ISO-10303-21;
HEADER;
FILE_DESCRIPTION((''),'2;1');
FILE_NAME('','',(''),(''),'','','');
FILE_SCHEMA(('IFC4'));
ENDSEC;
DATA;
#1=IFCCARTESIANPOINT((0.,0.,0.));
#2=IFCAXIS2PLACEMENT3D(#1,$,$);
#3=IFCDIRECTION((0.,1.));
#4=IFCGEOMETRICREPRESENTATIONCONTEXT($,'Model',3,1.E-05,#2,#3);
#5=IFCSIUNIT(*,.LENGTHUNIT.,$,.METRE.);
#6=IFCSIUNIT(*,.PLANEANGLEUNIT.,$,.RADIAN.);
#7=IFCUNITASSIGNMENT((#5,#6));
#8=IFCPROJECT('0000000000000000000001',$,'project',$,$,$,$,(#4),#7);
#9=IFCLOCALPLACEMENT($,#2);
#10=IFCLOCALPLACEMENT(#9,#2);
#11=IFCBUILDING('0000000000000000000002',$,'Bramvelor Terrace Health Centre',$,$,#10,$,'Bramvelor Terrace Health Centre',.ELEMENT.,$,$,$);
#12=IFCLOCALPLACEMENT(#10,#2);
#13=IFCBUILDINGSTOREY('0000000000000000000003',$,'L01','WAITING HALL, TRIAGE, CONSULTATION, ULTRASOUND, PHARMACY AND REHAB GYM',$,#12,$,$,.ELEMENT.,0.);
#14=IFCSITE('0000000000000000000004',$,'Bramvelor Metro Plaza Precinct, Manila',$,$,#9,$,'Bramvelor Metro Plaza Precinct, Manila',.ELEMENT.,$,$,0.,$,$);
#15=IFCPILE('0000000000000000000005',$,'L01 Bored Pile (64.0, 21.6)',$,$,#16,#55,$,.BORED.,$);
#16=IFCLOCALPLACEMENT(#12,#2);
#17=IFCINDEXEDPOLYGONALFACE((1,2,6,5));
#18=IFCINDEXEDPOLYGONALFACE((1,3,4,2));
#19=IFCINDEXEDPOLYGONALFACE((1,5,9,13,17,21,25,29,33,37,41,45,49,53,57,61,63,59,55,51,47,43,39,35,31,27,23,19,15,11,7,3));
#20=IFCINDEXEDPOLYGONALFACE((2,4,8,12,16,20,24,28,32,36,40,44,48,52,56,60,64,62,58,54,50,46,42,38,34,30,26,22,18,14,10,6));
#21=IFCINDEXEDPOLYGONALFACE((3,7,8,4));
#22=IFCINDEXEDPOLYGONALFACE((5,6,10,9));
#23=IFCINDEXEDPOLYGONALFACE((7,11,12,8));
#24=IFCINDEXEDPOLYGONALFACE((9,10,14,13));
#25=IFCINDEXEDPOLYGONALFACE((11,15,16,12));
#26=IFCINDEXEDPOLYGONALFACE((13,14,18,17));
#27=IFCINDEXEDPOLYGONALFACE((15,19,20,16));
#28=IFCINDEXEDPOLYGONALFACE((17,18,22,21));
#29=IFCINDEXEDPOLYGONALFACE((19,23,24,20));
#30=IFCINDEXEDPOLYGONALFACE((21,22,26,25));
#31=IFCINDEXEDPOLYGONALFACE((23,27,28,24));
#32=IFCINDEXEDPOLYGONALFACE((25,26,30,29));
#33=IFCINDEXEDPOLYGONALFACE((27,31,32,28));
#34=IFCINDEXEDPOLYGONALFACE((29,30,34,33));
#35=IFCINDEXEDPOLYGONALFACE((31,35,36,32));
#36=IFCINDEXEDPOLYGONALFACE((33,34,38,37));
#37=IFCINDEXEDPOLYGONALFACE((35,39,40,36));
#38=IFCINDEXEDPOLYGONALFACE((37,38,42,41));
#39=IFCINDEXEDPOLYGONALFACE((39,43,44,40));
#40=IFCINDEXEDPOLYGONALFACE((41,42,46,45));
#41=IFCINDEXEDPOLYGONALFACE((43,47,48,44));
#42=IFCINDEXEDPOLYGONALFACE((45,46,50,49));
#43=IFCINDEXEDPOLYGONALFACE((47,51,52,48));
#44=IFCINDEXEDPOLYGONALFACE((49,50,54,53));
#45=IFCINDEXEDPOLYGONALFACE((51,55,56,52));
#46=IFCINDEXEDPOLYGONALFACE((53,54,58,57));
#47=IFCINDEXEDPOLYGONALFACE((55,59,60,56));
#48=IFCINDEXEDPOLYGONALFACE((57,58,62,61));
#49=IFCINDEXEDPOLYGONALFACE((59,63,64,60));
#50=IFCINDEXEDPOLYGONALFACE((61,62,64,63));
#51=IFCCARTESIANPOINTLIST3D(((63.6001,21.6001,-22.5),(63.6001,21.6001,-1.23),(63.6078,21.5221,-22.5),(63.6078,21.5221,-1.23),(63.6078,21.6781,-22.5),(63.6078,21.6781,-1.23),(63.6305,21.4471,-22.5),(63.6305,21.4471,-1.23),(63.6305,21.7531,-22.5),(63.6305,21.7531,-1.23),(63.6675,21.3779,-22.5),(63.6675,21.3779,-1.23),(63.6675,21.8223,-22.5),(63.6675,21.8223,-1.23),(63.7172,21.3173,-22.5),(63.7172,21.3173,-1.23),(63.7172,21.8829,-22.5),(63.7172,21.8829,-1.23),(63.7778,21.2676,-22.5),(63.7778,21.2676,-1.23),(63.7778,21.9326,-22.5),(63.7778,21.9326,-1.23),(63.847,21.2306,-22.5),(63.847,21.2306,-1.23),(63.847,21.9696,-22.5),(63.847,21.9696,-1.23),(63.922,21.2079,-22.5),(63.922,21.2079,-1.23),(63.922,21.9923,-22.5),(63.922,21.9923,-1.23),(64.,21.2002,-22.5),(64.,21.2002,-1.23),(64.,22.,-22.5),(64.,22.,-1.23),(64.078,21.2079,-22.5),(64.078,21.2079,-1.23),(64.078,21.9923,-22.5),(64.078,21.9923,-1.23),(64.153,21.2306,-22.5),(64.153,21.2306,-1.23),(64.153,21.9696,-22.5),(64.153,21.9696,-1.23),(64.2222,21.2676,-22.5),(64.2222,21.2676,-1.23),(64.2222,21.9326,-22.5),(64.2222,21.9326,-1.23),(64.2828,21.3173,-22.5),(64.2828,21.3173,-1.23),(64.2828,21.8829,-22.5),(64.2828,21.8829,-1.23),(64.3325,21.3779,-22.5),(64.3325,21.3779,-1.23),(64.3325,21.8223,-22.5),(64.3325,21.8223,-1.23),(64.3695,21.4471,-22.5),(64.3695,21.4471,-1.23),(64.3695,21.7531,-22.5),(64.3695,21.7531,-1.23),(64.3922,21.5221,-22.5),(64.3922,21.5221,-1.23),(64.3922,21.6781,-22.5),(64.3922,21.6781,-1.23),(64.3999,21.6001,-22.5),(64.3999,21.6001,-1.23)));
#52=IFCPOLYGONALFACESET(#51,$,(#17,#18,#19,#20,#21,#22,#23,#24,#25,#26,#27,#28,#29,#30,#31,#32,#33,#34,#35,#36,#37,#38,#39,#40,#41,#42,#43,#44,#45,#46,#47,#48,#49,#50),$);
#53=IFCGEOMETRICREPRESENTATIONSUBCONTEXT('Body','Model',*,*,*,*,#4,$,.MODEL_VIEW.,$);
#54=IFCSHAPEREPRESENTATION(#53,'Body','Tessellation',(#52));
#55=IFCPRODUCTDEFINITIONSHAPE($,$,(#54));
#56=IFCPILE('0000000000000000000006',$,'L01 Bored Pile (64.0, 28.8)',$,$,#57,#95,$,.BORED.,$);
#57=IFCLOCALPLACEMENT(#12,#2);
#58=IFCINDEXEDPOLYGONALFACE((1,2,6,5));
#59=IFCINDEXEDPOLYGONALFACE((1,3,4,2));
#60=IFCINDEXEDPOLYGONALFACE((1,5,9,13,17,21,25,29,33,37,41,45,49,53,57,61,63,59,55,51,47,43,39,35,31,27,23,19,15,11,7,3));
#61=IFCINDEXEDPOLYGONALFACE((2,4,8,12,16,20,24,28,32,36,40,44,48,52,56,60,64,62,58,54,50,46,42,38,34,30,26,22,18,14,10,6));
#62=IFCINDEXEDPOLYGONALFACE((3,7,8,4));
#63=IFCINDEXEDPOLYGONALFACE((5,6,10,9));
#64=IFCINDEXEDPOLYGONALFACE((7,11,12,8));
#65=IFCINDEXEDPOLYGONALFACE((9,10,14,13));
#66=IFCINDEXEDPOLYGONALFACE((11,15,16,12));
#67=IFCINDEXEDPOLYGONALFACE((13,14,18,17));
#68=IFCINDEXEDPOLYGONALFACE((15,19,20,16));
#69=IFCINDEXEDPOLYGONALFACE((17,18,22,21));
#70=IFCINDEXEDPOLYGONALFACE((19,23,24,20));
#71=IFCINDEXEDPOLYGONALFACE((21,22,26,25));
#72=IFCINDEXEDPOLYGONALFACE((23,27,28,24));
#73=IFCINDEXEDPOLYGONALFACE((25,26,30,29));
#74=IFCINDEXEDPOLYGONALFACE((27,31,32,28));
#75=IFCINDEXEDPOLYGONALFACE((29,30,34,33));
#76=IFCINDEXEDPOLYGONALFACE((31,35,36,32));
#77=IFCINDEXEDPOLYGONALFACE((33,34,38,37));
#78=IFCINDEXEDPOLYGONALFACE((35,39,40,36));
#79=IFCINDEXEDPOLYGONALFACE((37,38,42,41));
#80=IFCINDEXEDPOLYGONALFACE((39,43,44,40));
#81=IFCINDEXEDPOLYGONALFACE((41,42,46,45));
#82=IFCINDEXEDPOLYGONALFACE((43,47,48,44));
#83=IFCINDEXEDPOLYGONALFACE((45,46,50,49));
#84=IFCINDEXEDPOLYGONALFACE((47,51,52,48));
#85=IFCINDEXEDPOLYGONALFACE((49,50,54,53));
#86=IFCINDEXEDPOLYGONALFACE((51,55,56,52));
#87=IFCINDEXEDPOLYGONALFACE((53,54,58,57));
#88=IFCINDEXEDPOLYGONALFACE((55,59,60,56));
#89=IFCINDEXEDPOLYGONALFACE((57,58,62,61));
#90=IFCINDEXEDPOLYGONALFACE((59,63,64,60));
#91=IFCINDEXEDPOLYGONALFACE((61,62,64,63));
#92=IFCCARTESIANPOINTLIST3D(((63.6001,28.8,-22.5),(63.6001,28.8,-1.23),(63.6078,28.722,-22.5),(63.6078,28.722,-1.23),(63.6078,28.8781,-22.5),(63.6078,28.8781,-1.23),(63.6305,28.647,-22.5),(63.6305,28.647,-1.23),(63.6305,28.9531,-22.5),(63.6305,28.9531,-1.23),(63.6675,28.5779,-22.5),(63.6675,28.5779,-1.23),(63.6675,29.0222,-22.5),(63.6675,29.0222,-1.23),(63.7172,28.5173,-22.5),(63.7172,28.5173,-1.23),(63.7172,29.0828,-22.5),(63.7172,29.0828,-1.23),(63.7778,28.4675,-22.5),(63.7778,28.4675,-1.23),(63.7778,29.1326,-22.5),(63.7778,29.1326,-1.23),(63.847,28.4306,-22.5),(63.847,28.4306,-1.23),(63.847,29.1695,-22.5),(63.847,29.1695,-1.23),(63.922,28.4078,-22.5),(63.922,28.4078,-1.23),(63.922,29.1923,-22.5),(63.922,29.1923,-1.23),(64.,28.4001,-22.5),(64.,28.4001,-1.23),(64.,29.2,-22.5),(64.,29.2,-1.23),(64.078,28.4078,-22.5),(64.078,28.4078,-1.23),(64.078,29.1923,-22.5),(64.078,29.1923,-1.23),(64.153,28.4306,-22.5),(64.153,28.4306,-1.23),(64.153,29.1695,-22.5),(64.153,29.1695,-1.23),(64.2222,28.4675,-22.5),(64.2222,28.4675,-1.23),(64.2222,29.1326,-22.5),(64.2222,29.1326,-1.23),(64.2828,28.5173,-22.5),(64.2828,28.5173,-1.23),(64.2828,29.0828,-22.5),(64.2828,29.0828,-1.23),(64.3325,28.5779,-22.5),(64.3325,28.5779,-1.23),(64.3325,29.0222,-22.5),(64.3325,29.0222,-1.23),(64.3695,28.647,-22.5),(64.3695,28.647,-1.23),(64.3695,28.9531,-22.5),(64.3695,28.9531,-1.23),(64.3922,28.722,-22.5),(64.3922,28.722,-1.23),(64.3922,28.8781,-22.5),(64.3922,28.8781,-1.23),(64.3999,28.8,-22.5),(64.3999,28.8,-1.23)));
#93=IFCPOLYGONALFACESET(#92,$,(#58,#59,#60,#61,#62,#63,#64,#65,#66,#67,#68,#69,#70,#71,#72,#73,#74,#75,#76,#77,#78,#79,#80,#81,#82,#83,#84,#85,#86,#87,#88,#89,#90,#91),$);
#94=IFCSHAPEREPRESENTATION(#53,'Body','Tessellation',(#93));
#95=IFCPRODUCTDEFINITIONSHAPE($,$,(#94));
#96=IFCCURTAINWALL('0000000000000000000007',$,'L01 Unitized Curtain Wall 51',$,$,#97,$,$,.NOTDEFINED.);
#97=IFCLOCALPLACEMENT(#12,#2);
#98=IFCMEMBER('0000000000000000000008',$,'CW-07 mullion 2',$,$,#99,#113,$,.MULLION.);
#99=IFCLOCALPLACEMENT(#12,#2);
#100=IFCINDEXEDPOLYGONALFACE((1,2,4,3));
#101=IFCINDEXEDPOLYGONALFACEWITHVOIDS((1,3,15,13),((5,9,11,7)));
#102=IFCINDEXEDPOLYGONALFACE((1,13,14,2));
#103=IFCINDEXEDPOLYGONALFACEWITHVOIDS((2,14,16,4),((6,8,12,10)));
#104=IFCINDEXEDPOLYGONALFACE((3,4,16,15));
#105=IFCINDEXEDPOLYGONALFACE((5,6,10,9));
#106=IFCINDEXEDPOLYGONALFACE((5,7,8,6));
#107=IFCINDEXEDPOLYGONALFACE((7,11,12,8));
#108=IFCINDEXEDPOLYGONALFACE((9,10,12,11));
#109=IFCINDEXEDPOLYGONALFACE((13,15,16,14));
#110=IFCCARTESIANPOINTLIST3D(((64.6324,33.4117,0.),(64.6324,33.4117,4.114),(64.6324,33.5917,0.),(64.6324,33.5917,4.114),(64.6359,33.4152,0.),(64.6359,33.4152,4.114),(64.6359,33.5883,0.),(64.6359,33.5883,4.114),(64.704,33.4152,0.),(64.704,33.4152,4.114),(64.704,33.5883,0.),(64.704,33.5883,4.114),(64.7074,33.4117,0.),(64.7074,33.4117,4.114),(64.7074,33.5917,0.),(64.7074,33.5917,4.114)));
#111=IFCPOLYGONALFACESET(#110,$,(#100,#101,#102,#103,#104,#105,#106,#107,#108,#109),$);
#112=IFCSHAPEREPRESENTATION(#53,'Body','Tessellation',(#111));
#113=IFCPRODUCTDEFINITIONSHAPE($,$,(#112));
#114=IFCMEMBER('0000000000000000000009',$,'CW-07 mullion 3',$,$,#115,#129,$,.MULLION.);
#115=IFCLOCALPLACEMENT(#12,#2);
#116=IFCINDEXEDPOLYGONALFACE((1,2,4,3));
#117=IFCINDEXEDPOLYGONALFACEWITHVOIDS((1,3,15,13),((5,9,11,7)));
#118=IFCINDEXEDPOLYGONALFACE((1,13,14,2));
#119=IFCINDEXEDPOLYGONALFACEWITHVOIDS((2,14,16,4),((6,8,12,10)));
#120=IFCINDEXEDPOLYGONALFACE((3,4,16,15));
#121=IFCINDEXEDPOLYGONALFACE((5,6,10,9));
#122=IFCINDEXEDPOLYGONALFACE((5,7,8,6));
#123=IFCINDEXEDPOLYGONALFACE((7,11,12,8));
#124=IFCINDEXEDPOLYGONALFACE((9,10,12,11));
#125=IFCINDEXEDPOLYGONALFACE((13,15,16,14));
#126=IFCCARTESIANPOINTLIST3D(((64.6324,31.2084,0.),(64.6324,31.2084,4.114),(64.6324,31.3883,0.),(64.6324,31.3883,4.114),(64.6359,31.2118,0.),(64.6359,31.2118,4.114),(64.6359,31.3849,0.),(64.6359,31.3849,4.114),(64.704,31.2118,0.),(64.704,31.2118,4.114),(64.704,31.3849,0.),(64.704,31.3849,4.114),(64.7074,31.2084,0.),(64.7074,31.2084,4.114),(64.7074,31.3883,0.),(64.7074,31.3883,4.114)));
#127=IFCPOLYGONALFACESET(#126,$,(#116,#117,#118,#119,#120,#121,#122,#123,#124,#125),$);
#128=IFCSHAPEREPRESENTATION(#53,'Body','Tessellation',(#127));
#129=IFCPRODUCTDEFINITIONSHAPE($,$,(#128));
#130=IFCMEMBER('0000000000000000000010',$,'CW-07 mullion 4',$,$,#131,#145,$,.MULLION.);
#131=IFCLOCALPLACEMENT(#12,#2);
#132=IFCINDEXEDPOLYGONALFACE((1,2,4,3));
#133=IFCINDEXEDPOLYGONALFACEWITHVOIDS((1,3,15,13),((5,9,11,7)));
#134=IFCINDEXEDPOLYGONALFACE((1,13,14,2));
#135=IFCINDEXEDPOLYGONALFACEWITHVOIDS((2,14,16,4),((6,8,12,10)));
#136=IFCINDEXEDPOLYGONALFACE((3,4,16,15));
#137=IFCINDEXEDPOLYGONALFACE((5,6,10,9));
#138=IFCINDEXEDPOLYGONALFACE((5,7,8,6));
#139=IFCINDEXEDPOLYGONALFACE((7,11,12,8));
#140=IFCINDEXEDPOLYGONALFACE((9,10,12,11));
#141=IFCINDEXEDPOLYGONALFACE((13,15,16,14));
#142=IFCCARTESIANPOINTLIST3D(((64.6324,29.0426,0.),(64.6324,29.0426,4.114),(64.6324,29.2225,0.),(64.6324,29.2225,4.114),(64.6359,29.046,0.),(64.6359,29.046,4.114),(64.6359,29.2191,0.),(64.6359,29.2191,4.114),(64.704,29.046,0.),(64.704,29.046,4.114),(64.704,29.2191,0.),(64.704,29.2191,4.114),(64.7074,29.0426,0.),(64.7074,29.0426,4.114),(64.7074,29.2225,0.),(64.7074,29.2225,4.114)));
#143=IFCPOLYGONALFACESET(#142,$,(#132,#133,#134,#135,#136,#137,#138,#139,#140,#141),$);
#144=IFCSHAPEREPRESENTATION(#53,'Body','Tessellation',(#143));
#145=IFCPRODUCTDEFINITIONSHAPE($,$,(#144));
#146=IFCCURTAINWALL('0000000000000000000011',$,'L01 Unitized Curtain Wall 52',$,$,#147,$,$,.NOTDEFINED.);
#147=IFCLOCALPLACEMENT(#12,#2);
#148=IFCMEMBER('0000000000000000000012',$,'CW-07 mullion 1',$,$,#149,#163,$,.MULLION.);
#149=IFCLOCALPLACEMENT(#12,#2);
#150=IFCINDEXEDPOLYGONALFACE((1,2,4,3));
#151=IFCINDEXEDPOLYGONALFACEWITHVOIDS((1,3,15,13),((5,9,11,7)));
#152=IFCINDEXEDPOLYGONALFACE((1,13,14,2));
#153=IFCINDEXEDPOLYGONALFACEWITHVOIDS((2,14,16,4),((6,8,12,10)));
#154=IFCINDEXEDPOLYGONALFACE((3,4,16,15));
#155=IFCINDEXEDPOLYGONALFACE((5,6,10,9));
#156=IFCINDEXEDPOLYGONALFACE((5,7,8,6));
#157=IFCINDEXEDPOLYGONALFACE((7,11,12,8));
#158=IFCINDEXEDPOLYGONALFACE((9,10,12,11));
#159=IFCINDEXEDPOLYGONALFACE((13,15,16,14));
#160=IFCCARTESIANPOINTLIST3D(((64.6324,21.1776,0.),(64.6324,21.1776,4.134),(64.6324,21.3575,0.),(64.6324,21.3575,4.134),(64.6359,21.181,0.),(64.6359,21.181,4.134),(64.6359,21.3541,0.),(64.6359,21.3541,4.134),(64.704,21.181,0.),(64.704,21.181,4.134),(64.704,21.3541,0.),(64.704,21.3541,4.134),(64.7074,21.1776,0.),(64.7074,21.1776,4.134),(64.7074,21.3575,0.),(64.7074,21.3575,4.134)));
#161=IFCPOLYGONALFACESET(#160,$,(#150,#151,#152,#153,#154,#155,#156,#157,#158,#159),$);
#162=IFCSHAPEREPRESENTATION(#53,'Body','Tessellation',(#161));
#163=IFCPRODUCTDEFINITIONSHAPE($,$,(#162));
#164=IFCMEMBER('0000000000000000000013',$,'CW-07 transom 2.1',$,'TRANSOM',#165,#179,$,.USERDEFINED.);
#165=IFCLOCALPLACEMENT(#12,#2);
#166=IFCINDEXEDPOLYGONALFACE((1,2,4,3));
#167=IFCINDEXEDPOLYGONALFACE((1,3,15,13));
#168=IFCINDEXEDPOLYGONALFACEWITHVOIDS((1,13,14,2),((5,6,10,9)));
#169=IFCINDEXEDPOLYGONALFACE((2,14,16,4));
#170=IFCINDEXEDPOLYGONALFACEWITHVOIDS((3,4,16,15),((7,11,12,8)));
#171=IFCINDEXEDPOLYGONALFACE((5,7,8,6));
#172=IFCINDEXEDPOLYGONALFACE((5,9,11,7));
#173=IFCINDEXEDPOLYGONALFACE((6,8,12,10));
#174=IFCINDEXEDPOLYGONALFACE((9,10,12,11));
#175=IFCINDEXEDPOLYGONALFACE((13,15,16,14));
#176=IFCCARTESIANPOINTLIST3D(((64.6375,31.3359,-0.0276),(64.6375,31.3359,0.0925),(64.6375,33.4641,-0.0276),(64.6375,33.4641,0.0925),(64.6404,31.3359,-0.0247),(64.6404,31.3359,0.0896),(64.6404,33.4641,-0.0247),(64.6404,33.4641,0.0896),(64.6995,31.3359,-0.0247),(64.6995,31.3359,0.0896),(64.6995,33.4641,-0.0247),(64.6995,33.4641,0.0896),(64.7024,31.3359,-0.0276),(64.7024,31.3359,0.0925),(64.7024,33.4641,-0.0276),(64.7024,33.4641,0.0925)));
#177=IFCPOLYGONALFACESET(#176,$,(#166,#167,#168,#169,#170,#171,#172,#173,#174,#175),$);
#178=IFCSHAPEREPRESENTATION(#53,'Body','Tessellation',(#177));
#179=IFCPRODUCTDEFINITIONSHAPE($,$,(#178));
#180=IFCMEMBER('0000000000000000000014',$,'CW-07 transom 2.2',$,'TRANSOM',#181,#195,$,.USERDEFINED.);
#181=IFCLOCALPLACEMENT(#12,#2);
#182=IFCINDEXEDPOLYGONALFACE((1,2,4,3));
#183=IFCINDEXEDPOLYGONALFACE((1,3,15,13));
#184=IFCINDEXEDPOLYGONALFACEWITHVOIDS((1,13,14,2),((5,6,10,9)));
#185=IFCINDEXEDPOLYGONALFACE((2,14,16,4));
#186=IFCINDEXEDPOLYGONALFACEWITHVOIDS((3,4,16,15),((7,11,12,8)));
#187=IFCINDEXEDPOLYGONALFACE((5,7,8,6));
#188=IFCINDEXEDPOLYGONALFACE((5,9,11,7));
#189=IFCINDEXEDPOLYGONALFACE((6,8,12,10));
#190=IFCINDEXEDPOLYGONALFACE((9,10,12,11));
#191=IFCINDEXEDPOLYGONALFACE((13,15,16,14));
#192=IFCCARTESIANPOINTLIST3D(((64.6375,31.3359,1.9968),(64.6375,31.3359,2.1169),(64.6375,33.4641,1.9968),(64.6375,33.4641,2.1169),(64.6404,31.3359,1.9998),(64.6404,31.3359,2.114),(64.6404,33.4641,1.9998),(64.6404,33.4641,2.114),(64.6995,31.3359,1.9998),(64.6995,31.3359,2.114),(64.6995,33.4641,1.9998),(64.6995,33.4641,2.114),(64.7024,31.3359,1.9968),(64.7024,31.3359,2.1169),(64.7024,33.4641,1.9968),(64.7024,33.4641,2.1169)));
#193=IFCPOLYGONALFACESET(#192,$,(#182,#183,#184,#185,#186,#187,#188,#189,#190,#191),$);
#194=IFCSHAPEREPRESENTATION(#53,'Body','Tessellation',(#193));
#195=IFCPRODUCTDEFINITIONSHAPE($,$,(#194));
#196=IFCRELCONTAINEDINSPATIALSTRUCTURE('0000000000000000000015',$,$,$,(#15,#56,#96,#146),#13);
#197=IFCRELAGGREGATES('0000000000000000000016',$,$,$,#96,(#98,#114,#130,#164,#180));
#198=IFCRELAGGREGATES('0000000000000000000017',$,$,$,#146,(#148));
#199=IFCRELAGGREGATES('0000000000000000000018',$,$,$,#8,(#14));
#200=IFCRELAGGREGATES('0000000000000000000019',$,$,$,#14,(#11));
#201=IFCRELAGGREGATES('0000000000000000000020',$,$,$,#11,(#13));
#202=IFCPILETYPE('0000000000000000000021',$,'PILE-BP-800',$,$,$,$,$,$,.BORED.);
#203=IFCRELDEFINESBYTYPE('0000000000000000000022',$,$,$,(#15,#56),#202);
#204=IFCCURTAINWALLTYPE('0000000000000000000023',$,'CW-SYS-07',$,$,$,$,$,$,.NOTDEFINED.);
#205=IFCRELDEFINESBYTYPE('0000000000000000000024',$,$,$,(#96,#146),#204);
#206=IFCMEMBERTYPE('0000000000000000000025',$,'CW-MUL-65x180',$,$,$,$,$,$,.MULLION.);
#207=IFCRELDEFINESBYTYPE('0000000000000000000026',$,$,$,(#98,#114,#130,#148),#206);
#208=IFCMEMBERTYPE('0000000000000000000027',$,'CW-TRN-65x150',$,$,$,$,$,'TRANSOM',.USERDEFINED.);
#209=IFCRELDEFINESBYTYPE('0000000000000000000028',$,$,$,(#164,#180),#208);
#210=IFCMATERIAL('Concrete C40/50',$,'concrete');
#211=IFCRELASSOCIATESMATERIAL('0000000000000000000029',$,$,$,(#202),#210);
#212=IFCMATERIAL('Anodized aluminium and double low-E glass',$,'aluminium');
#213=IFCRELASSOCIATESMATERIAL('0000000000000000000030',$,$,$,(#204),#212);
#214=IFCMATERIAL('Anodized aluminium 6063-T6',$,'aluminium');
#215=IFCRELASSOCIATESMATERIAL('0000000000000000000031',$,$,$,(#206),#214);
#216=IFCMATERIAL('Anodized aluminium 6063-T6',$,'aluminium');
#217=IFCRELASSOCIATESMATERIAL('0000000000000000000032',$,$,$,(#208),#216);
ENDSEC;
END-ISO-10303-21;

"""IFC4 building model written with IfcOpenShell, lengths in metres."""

from ifc_helpers import new_model, si_unit, direction, frame, origin, origin_2d, place, context, subcontext, project, spatial, hollow_rectangle, circle, extrude, material, material_profile, profile_set, type_object, element, aggregate, save


model = new_model("IFC4")

# Units and contexts
model_context = context("Model", 3, precision=1e-05, world=origin(), true_north=direction((0.0, 1.0)))
body_context = subcontext(model_context, "Body", "Model", "MODEL_VIEW")
ifc_project = project(units=[si_unit("LENGTHUNIT", "METRE"), si_unit("PLANEANGLEUNIT", "RADIAN")], contexts=[model_context])

# Site, building, storey
site_placement = place(None, origin())
site = spatial("IfcSite", under=ifc_project, at=site_placement, Name="Bramvelor Metro Plaza Precinct, Manila", LongName="Bramvelor Metro Plaza Precinct, Manila", CompositionType="ELEMENT", RefElevation=0.0)
building_placement = place(site_placement, origin())
building = spatial("IfcBuilding", under=site, at=building_placement, Name="Bramvelor Terrace Health Centre", LongName="Bramvelor Terrace Health Centre", CompositionType="ELEMENT")
storey_placement = place(building_placement, origin())
storey = spatial("IfcBuildingStorey", under=building, at=storey_placement, Name="L01", Description="WAITING HALL, TRIAGE, CONSULTATION, ULTRASOUND, PHARMACY AND REHAB GYM", CompositionType="ELEMENT", Elevation=0.0)

# Piles
ifc_material_1 = material(Name="Concrete C40/50", Category="concrete")
ifc_material_profile_1 = material_profile(ifc_material_1, circle(Radius=0.3999, at=origin_2d()), Name="BP D800")
ifc_profile_set_1 = profile_set([ifc_material_profile_1], Name="Concrete C40/50")
pile_type = type_object("IfcPileType", Name="PILE-BP-800", PredefinedType="BORED", material=ifc_profile_set_1)
for number, where, z_axis, x_axis, name in (
    (1, (64.0, 21.6001, -1.23), (0.0, 0.0, -1.0), (1.0, 0.0, 0.0), "L01 Bored Pile (64.0, 21.6)"),
    (2, (64.0, 28.8, -1.23), (0.0, 0.0, -1.0), (1.0, 0.0, 0.0), "L01 Bored Pile (64.0, 28.8)"),
):
    element("IfcPile", number, at=place(storey_placement, frame(where, z_axis=z_axis, x_axis=x_axis)), inside=storey, type_object=pile_type, Name=name, PredefinedType="BORED", context=body_context, shape_type="SweptSolid", body=[
        extrude(circle(Radius=0.3999, at=origin_2d()), origin(), (0.0, 0.0, 1.0), 21.27),
    ])

# Curtain wall, members
ifc_material_2 = material(Name="Anodized aluminium and double low-E glass", Category="aluminium")
curtain_wall_type = type_object("IfcCurtainWallType", Name="CW-SYS-07", PredefinedType="NOTDEFINED", material=ifc_material_2)
curtain_wall_1_placement = place(storey_placement, origin())
curtain_wall_1 = element("IfcCurtainWall", 3, at=curtain_wall_1_placement, inside=storey, type_object=curtain_wall_type, Name="L01 Unitized Curtain Wall 51", PredefinedType="NOTDEFINED")
ifc_material_3 = material(Name="Anodized aluminium 6063-T6", Category="aluminium")
ifc_material_profile_2 = material_profile(ifc_material_3, hollow_rectangle(XDim=0.075, YDim=0.1799, WallThickness=0.0034, at=origin_2d()), Name="ALU-MUL 75x180x3.5")
ifc_profile_set_2 = profile_set([ifc_material_profile_2], Name="Anodized aluminium 6063-T6")
member_type_1 = type_object("IfcMemberType", Name="CW-MUL-65x180", PredefinedType="MULLION", material=ifc_profile_set_2)
member_1_placement = place(storey_placement, frame((64.6699, 33.5017, 0.0), z_axis=(0.0, 0.0, 1.0), x_axis=(1.0, 0.0, 0.0)))
member_1 = element("IfcMember", 4, at=member_1_placement, type_object=member_type_1, Name="CW-07 mullion 2", PredefinedType="MULLION", context=body_context, shape_type="SweptSolid", body=[
    extrude(hollow_rectangle(XDim=0.075, YDim=0.1799, WallThickness=0.0034, at=origin_2d()), origin(), (0.0, 0.0, 1.0), 4.114),
])
member_2_placement = place(storey_placement, frame((64.6699, 31.2983, 0.0), z_axis=(0.0, 0.0, 1.0), x_axis=(1.0, 0.0, 0.0)))
member_2 = element("IfcMember", 5, at=member_2_placement, type_object=member_type_1, Name="CW-07 mullion 3", PredefinedType="MULLION", context=body_context, shape_type="SweptSolid", body=[
    extrude(hollow_rectangle(XDim=0.075, YDim=0.1799, WallThickness=0.0034, at=origin_2d()), origin(), (0.0, 0.0, 1.0), 4.114),
])
member_3_placement = place(storey_placement, frame((64.6699, 29.1326, 0.0), z_axis=(0.0, 0.0, 1.0), x_axis=(1.0, 0.0, 0.0)))
member_3 = element("IfcMember", 6, at=member_3_placement, type_object=member_type_1, Name="CW-07 mullion 4", PredefinedType="MULLION", context=body_context, shape_type="SweptSolid", body=[
    extrude(hollow_rectangle(XDim=0.075, YDim=0.1799, WallThickness=0.0034, at=origin_2d()), origin(), (0.0, 0.0, 1.0), 4.114),
])

# Curtain wall, member
curtain_wall_2_placement = place(storey_placement, origin())
curtain_wall_2 = element("IfcCurtainWall", 7, at=curtain_wall_2_placement, inside=storey, type_object=curtain_wall_type, Name="L01 Unitized Curtain Wall 52", PredefinedType="NOTDEFINED")
member_4_placement = place(storey_placement, frame((64.6699, 21.2676, 0.0), z_axis=(0.0, 0.0, 1.0), x_axis=(1.0, 0.0, 0.0)))
member_4 = element("IfcMember", 8, at=member_4_placement, type_object=member_type_1, Name="CW-07 mullion 1", PredefinedType="MULLION", context=body_context, shape_type="SweptSolid", body=[
    extrude(hollow_rectangle(XDim=0.075, YDim=0.1799, WallThickness=0.0034, at=origin_2d()), origin(), (0.0, 0.0, 1.0), 4.134),
])

# Members
ifc_material_4 = material(Name="Anodized aluminium 6063-T6", Category="aluminium")
ifc_material_profile_3 = material_profile(ifc_material_4, hollow_rectangle(XDim=0.0649, YDim=0.1201, WallThickness=0.0029, at=origin_2d()), Name="ALU-TRN 65x120x3.0")
ifc_profile_set_3 = profile_set([ifc_material_profile_3], Name="Anodized aluminium 6063-T6")
member_type_2 = type_object("IfcMemberType", Name="CW-TRN-65x150", ElementType="TRANSOM", PredefinedType="USERDEFINED", material=ifc_profile_set_3)
member_5_placement = place(storey_placement, frame((64.6699, 33.4641, 0.0325), z_axis=(0.0, -1.0, 0.0), x_axis=(1.0, 0.0, 0.0)))
member_5 = element("IfcMember", 9, at=member_5_placement, type_object=member_type_2, Name="CW-07 transom 2.1", ObjectType="TRANSOM", PredefinedType="USERDEFINED", context=body_context, shape_type="SweptSolid", body=[
    extrude(hollow_rectangle(XDim=0.0649, YDim=0.1201, WallThickness=0.0029, at=origin_2d()), origin(), (0.0, 0.0, 1.0), 2.1282),
])
member_6_placement = place(storey_placement, frame((64.6699, 33.4641, 2.0569), z_axis=(0.0, -1.0, 0.0), x_axis=(1.0, 0.0, 0.0)))
member_6 = element("IfcMember", 10, at=member_6_placement, type_object=member_type_2, Name="CW-07 transom 2.2", ObjectType="TRANSOM", PredefinedType="USERDEFINED", context=body_context, shape_type="SweptSolid", body=[
    extrude(hollow_rectangle(XDim=0.0649, YDim=0.1201, WallThickness=0.0029, at=origin_2d()), origin(), (0.0, 0.0, 1.0), 2.1282),
])

aggregate(curtain_wall_1, [member_1, member_2, member_3, member_5, member_6])
aggregate(curtain_wall_2, [member_4])

save(model, "model.ifc")
